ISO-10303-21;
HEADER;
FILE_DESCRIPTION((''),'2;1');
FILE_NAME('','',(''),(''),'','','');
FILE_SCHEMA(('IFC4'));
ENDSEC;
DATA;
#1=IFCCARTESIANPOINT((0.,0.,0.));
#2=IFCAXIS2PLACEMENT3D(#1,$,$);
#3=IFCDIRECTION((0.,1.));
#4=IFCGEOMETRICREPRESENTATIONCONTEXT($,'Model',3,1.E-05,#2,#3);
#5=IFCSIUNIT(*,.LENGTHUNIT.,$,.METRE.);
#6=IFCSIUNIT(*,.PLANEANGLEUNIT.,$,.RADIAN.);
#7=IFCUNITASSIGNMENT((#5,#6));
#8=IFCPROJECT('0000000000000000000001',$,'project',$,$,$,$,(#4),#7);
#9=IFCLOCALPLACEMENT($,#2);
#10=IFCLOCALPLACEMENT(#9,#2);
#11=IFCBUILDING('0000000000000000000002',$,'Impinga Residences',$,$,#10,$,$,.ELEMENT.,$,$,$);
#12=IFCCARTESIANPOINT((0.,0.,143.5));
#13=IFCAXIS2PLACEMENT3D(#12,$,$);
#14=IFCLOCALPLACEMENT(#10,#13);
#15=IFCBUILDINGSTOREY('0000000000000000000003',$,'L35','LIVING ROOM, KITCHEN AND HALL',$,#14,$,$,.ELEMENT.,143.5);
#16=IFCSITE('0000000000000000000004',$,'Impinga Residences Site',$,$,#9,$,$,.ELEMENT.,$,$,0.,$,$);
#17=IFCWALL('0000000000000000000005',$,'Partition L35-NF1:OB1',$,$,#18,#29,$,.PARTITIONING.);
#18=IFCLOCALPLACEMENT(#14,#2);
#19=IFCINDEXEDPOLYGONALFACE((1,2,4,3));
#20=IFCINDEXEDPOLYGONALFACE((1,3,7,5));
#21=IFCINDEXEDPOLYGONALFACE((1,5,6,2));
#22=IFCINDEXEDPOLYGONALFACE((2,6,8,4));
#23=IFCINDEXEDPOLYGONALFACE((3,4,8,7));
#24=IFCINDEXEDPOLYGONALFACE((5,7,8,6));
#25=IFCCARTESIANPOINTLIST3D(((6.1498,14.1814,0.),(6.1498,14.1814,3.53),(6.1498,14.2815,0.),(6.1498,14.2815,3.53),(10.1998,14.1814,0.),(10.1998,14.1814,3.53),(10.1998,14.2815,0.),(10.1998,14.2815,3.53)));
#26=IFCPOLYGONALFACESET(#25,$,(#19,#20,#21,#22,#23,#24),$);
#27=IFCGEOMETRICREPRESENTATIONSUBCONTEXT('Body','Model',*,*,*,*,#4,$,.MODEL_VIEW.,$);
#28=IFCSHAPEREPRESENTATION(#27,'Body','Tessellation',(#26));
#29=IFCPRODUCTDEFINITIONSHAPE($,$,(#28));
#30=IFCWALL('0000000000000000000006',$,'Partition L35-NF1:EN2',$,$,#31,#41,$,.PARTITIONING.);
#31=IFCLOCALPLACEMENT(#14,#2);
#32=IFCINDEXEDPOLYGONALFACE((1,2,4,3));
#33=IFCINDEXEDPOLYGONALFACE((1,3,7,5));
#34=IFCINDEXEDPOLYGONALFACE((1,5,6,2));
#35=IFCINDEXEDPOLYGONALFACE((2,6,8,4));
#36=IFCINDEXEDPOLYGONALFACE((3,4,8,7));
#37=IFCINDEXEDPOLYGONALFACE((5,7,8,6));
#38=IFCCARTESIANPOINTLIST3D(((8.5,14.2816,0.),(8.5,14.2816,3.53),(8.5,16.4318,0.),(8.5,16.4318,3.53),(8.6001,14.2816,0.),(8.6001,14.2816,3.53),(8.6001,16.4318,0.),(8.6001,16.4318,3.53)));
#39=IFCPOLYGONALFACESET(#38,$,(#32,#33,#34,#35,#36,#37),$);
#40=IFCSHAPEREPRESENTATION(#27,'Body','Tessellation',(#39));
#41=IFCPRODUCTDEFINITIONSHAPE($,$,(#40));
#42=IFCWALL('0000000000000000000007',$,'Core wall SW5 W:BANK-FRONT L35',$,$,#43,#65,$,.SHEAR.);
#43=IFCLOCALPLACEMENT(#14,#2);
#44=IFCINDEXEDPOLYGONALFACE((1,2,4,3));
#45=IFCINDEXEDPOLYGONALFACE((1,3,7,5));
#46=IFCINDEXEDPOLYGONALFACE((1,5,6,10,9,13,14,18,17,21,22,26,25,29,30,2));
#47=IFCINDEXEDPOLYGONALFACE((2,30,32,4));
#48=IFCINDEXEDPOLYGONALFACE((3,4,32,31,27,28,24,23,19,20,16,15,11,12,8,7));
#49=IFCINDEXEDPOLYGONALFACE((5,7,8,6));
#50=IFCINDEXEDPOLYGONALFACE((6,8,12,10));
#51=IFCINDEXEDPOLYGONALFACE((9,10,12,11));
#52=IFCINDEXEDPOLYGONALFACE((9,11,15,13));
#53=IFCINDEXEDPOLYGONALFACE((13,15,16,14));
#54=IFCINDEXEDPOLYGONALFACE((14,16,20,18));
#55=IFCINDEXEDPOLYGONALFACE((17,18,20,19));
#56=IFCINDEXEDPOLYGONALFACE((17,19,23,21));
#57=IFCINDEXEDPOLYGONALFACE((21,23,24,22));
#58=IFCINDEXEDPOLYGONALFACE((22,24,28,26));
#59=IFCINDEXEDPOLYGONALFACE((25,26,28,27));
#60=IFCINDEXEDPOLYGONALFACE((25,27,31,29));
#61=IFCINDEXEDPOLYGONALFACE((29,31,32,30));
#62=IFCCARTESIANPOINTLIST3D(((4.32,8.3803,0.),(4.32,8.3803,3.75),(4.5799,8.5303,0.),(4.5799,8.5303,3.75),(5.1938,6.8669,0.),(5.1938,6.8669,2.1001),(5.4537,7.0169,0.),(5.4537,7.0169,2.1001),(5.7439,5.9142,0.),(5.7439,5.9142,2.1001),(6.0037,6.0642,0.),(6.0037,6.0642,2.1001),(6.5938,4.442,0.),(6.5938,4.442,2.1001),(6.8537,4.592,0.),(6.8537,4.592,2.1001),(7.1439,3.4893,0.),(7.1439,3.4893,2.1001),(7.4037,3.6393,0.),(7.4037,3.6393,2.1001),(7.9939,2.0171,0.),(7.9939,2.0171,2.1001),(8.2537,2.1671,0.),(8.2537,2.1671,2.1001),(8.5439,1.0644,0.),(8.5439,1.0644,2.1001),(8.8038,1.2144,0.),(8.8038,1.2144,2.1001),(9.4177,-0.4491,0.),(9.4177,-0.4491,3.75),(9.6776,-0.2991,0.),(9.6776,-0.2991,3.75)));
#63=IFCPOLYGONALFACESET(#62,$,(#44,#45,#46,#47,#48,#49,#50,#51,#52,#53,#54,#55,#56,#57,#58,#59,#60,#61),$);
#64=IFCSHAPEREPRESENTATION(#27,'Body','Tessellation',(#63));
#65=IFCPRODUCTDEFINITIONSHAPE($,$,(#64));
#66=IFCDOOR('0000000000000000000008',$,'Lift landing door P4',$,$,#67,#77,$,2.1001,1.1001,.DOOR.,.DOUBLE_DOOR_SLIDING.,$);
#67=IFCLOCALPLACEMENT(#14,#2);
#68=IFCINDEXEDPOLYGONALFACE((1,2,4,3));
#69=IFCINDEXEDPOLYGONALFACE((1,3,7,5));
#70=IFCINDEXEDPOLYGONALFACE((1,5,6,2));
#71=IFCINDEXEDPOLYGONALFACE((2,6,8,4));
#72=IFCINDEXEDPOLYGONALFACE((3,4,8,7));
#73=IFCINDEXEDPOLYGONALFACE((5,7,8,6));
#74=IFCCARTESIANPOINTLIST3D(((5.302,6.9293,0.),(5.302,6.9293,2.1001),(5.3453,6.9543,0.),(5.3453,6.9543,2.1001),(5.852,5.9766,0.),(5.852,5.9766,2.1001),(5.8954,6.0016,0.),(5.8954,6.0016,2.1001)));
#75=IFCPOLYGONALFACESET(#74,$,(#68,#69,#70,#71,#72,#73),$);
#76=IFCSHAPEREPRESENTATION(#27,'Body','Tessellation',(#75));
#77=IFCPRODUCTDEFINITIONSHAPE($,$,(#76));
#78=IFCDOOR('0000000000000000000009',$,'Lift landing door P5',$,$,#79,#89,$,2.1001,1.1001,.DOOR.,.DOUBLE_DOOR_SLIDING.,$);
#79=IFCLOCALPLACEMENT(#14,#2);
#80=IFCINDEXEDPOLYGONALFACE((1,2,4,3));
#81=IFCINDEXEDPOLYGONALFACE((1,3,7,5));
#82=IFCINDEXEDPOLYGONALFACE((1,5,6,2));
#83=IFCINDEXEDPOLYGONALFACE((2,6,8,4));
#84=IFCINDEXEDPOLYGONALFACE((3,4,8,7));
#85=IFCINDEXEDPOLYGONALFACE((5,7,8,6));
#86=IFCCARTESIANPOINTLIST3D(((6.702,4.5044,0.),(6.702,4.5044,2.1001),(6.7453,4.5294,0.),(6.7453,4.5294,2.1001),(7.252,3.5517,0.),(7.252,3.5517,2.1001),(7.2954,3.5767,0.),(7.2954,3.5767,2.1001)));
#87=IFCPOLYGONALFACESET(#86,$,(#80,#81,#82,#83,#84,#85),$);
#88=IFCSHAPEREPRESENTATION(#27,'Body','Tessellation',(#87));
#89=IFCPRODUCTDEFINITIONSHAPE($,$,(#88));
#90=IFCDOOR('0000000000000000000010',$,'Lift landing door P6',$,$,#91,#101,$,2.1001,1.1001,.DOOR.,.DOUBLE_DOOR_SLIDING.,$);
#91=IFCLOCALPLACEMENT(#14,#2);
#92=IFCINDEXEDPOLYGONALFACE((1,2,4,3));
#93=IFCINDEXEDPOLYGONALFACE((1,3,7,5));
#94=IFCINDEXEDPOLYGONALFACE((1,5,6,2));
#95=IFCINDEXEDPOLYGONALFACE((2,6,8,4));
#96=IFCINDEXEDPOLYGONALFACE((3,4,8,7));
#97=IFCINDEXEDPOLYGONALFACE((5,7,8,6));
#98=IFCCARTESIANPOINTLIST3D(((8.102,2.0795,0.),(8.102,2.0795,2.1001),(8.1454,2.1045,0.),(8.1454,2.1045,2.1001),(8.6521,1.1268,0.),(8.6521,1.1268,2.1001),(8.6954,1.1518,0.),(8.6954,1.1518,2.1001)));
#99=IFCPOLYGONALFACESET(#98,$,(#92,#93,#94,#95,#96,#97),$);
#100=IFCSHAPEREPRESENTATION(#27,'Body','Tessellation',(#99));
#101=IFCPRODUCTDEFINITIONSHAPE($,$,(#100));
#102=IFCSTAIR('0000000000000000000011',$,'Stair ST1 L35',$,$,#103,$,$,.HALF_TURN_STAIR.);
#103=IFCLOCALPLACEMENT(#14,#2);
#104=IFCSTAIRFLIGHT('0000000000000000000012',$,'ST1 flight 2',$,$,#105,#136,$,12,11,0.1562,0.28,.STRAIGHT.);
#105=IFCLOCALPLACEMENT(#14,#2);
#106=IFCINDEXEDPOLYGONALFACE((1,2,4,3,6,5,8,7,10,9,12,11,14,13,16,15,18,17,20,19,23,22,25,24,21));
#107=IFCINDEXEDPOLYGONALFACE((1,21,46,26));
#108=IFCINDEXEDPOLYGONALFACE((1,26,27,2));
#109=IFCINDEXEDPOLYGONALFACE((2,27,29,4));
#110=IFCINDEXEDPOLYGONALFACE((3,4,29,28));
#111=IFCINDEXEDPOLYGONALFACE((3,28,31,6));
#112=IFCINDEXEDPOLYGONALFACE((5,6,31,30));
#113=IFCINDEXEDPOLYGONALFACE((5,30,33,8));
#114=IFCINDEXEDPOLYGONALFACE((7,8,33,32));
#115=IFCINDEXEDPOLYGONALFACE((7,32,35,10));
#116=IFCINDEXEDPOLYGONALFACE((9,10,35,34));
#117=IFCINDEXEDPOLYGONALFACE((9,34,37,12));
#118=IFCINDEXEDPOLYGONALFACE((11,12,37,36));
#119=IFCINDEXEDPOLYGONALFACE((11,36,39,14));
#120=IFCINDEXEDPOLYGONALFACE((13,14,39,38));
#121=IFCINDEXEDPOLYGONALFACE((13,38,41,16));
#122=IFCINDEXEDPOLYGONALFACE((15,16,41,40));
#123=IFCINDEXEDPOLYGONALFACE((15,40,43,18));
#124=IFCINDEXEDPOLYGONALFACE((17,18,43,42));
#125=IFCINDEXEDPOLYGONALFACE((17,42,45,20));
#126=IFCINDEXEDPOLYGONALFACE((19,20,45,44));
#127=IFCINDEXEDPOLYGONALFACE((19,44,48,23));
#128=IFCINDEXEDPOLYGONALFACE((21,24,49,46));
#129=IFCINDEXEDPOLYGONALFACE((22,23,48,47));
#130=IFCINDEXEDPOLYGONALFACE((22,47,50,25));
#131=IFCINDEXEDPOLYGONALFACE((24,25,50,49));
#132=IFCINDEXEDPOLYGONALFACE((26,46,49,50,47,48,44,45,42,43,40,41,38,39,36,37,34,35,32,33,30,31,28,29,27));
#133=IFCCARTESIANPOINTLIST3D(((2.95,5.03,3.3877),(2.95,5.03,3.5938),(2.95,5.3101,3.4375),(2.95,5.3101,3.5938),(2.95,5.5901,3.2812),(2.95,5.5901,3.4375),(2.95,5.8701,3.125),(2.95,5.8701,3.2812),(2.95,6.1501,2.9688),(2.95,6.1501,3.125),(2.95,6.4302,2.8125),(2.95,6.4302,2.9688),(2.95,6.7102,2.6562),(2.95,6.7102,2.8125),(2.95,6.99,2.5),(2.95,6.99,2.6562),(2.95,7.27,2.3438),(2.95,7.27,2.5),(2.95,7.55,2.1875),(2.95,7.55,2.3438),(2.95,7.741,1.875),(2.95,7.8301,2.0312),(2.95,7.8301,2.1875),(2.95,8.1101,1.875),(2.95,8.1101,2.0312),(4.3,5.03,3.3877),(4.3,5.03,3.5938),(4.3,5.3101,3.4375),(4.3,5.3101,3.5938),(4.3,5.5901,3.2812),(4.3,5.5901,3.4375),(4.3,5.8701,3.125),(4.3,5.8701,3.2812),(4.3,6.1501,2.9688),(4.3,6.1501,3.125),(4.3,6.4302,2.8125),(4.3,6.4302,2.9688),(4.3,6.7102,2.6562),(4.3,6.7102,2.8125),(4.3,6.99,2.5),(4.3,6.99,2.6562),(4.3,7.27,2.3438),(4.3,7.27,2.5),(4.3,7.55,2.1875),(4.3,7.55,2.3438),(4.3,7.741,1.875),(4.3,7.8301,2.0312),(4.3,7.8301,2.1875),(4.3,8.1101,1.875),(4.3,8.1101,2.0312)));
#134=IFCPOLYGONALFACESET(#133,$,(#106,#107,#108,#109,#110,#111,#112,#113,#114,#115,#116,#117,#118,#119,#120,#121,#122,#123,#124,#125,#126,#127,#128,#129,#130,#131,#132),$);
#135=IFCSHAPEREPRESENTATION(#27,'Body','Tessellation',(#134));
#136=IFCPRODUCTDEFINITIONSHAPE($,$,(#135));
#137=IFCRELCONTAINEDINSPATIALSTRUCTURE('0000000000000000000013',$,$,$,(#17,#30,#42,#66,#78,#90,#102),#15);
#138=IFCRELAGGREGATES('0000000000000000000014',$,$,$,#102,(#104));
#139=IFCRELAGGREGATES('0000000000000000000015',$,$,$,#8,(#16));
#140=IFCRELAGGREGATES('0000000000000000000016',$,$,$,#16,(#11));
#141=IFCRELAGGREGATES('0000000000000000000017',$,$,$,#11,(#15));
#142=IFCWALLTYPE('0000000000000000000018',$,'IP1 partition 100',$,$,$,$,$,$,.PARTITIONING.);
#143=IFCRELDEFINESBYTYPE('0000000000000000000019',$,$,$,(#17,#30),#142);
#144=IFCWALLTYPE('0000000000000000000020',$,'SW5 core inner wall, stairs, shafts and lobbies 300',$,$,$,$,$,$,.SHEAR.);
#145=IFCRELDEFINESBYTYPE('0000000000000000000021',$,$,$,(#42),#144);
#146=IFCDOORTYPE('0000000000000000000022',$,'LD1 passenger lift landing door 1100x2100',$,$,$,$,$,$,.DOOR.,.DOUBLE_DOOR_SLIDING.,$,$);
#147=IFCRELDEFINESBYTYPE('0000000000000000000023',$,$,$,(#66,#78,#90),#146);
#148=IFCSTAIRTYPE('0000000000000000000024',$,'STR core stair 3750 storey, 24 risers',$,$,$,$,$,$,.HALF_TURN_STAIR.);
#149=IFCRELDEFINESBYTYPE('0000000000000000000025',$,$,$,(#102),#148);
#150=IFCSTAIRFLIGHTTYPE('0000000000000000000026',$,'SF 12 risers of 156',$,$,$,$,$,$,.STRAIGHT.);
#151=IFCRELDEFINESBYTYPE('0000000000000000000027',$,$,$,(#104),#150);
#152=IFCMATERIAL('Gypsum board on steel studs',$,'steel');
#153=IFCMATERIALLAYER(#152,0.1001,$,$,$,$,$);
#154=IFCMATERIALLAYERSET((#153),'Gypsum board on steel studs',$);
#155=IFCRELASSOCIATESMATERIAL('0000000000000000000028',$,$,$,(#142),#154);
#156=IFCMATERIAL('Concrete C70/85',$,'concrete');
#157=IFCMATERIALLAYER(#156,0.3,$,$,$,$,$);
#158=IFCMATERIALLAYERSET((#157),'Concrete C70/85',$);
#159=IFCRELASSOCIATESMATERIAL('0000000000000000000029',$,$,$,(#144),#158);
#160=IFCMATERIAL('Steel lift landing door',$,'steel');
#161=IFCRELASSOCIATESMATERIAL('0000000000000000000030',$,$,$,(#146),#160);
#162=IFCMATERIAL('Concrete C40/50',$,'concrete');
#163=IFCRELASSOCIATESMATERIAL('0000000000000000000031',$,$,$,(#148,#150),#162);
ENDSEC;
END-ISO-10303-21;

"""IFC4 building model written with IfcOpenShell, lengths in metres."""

from ifc_helpers import new_model, si_unit, direction, frame, frame_2d, origin, place, context, subcontext, project, spatial, polyline, rectangle, outline, extrude, material, layer, layer_set, type_object, element, fill, aggregate, save


model = new_model("IFC4")

# Units and contexts
model_context = context("Model", 3, precision=1e-05, world=origin(), true_north=direction((0.0, 1.0)))
body_context = subcontext(model_context, "Body", "Model", "MODEL_VIEW")
ifc_project = project(units=[si_unit("LENGTHUNIT", "METRE"), si_unit("PLANEANGLEUNIT", "RADIAN")], contexts=[model_context])

# Site, building, storey
site_placement = place(None, origin())
site = spatial("IfcSite", under=ifc_project, at=site_placement, Name="Impinga Residences Site", CompositionType="ELEMENT", RefElevation=0.0)
building_placement = place(site_placement, origin())
building = spatial("IfcBuilding", under=site, at=building_placement, Name="Impinga Residences", CompositionType="ELEMENT")
storey_placement = place(building_placement, frame((0.0, 0.0, 143.5)))
storey = spatial("IfcBuildingStorey", under=building, at=storey_placement, Name="L35", Description="LIVING ROOM, KITCHEN AND HALL", CompositionType="ELEMENT", Elevation=143.5)

# Shared definitions
ifc_material_1 = material(Name="Gypsum board on steel studs", Category="steel")
ifc_layer_1 = layer(ifc_material_1, 0.1001)
ifc_layer_set_1 = layer_set([ifc_layer_1], Name="Gypsum board on steel studs")
wall_type_1 = type_object("IfcWallType", Name="IP1 partition 100", PredefinedType="PARTITIONING", material=ifc_layer_set_1)

# Walls
wall_1_placement = place(storey_placement, frame((6.1499, 14.2314, 0.0), z_axis=(0.0, 0.0, 1.0), x_axis=(1.0, 0.0, 0.0)))
element("IfcWall", 1, at=wall_1_placement, inside=storey, type_object=wall_type_1, Name="Partition L35-NF1:OB1", PredefinedType="PARTITIONING", context=body_context, shape_type="SweptSolid", body=[
    extrude(rectangle(XDim=4.05, YDim=0.1001, at=frame_2d((2.0249, 0.0))), origin(), (0.0, 0.0, 1.0), 3.53),
])
wall_2_placement = place(storey_placement, frame((8.55, 14.2815, 0.0), z_axis=(0.0, 0.0, 1.0), x_axis=(0.0, 1.0, 0.0)))
element("IfcWall", 2, at=wall_2_placement, inside=storey, type_object=wall_type_1, Name="Partition L35-NF1:EN2", PredefinedType="PARTITIONING", context=body_context, shape_type="SweptSolid", body=[
    extrude(rectangle(XDim=2.1501, YDim=0.1001, at=frame_2d((1.0752, 0.0))), origin(), (0.0, 0.0, 1.0), 3.53),
])

# Wall, openings, doors
ifc_material_2 = material(Name="Concrete C70/85", Category="concrete")
ifc_layer_2 = layer(ifc_material_2, 0.3)
ifc_layer_set_2 = layer_set([ifc_layer_2], Name="Concrete C70/85")
wall_type_2 = type_object("IfcWallType", Name="SW5 core inner wall, stairs, shafts and lobbies 300", PredefinedType="SHEAR", material=ifc_layer_set_2)
wall_3_placement = place(storey_placement, frame((4.45, 8.4553, 0.0), z_axis=(0.0, 0.0, 1.0), x_axis=(0.500002, -0.866024, 0.0)))
wall_3 = element("IfcWall", 3, at=wall_3_placement, inside=storey, type_object=wall_type_2, Name="Core wall SW5 W:BANK-FRONT L35", PredefinedType="SHEAR", context=body_context, shape_type="SweptSolid", body=[
    extrude(rectangle(XDim=10.1953, YDim=0.3, at=frame_2d((5.0977, 0.0))), origin(), (0.0, 0.0, 1.0), 3.75),
])
opening_1_placement = place(wall_3_placement, frame((1.7476, 0.0, 0.0)))
opening_1 = element("IfcOpeningElement", 4, at=opening_1_placement, cuts=wall_3, PredefinedType="OPENING", context=body_context, shape_type="SweptSolid", body=[
    extrude(rectangle(XDim=1.1001, YDim=2.1001, at=frame_2d((0.55, 1.05))), frame((0.0, 0.1599, 0.0), z_axis=(0.0, -1.0, 0.0), x_axis=(1.0, 0.0, 0.0)), (0.0, 0.0, 1.0), 0.3201),
])
opening_2_placement = place(wall_3_placement, frame((4.5476, 0.0, 0.0)))
opening_2 = element("IfcOpeningElement", 5, at=opening_2_placement, cuts=wall_3, PredefinedType="OPENING", context=body_context, shape_type="SweptSolid", body=[
    extrude(rectangle(XDim=1.1001, YDim=2.1001, at=frame_2d((0.55, 1.05))), frame((0.0, 0.1599, 0.0), z_axis=(0.0, -1.0, 0.0), x_axis=(1.0, 0.0, 0.0)), (0.0, 0.0, 1.0), 0.3201),
])
opening_3_placement = place(wall_3_placement, frame((7.3477, 0.0, 0.0)))
opening_3 = element("IfcOpeningElement", 6, at=opening_3_placement, cuts=wall_3, PredefinedType="OPENING", context=body_context, shape_type="SweptSolid", body=[
    extrude(rectangle(XDim=1.1001, YDim=2.1001, at=frame_2d((0.55, 1.05))), frame((0.0, 0.1599, 0.0), z_axis=(0.0, -1.0, 0.0), x_axis=(1.0, 0.0, 0.0)), (0.0, 0.0, 1.0), 0.3201),
])
ifc_material_3 = material(Name="Steel lift landing door", Category="steel")
door_type_1 = type_object("IfcDoorType", Name="LD1 passenger lift landing door 1100x2100", OperationType="DOUBLE_DOOR_SLIDING", PredefinedType="DOOR", material=ifc_material_3)
door_1_placement = place(opening_1_placement, origin())
door_1 = element("IfcDoor", 7, at=door_1_placement, inside=storey, type_object=door_type_1, Name="Lift landing door P4", OperationType="DOUBLE_DOOR_SLIDING", OverallHeight=2.1001, OverallWidth=1.1001, PredefinedType="DOOR", context=body_context, shape_type="SweptSolid", body=[
    extrude(rectangle(XDim=1.1001, YDim=2.1001, at=frame_2d((0.55, 1.05))), frame((0.0, 0.0249, 0.0), z_axis=(0.0, -1.0, 0.0), x_axis=(1.0, 0.0, 0.0)), (0.0, 0.0, 1.0), 0.05),
])
fill(opening_1, door_1)
door_2_placement = place(opening_2_placement, origin())
door_2 = element("IfcDoor", 8, at=door_2_placement, inside=storey, type_object=door_type_1, Name="Lift landing door P5", OperationType="DOUBLE_DOOR_SLIDING", OverallHeight=2.1001, OverallWidth=1.1001, PredefinedType="DOOR", context=body_context, shape_type="SweptSolid", body=[
    extrude(rectangle(XDim=1.1001, YDim=2.1001, at=frame_2d((0.55, 1.05))), frame((0.0, 0.0249, 0.0), z_axis=(0.0, -1.0, 0.0), x_axis=(1.0, 0.0, 0.0)), (0.0, 0.0, 1.0), 0.05),
])
fill(opening_2, door_2)
door_3_placement = place(opening_3_placement, origin())
door_3 = element("IfcDoor", 9, at=door_3_placement, inside=storey, type_object=door_type_1, Name="Lift landing door P6", OperationType="DOUBLE_DOOR_SLIDING", OverallHeight=2.1001, OverallWidth=1.1001, PredefinedType="DOOR", context=body_context, shape_type="SweptSolid", body=[
    extrude(rectangle(XDim=1.1001, YDim=2.1001, at=frame_2d((0.55, 1.05))), frame((0.0, 0.0249, 0.0), z_axis=(0.0, -1.0, 0.0), x_axis=(1.0, 0.0, 0.0)), (0.0, 0.0, 1.0), 0.05),
])
fill(opening_3, door_3)

# Stair, stair flight
ifc_material_4 = material(Name="Concrete C40/50", Category="concrete")
stair_type = type_object("IfcStairType", Name="STR core stair 3750 storey, 24 risers", PredefinedType="HALF_TURN_STAIR", material=ifc_material_4)
stair_placement = place(storey_placement, origin())
stair = element("IfcStair", 10, at=stair_placement, inside=storey, type_object=stair_type, Name="Stair ST1 L35", PredefinedType="HALF_TURN_STAIR")
stair_flight_type = type_object("IfcStairFlightType", Name="SF 12 risers of 156", PredefinedType="STRAIGHT", material=ifc_material_4)
stair_flight_placement = place(storey_placement, frame((3.625, 8.1101, 1.875), z_axis=(0.0, 0.0, 1.0), x_axis=(0.0, -1.0, 0.0)))
stair_flight = element("IfcStairFlight", 11, at=stair_flight_placement, type_object=stair_flight_type, Name="ST1 flight 2", NumberOfRisers=12, NumberOfTreads=11, PredefinedType="STRAIGHT", RiserHeight=0.1562, TreadLength=0.28, context=body_context, shape_type="SweptSolid", body=[
    extrude(outline(polyline([(0.0, 0.0), (0.0, 0.1562), (0.28, 0.1562), (0.28, 0.3125), (0.5601, 0.3125), (0.5601, 0.4688), (0.8401, 0.4688), (0.8401, 0.625), (1.1201, 0.625), (1.1201, 0.7812), (1.3999, 0.7812), (1.3999, 0.9375), (1.6799, 0.9375), (1.6799, 1.0938), (1.96, 1.0938), (1.96, 1.25), (2.24, 1.25), (2.24, 1.4062), (2.52, 1.4062), (2.52, 1.5625), (2.8, 1.5625), (2.8, 1.7188), (3.0801, 1.7188), (3.0801, 1.875), (3.0801, 1.5127), (0.3691, 0.0), (0.0, 0.0)])), frame((0.0, 0.675, 0.0), z_axis=(0.0, -1.0, 0.0), x_axis=(1.0, 0.0, 0.0)), (0.0, 0.0, 1.0), 1.3501),
])
aggregate(stair, [stair_flight])

save(model, "model.ifc")
